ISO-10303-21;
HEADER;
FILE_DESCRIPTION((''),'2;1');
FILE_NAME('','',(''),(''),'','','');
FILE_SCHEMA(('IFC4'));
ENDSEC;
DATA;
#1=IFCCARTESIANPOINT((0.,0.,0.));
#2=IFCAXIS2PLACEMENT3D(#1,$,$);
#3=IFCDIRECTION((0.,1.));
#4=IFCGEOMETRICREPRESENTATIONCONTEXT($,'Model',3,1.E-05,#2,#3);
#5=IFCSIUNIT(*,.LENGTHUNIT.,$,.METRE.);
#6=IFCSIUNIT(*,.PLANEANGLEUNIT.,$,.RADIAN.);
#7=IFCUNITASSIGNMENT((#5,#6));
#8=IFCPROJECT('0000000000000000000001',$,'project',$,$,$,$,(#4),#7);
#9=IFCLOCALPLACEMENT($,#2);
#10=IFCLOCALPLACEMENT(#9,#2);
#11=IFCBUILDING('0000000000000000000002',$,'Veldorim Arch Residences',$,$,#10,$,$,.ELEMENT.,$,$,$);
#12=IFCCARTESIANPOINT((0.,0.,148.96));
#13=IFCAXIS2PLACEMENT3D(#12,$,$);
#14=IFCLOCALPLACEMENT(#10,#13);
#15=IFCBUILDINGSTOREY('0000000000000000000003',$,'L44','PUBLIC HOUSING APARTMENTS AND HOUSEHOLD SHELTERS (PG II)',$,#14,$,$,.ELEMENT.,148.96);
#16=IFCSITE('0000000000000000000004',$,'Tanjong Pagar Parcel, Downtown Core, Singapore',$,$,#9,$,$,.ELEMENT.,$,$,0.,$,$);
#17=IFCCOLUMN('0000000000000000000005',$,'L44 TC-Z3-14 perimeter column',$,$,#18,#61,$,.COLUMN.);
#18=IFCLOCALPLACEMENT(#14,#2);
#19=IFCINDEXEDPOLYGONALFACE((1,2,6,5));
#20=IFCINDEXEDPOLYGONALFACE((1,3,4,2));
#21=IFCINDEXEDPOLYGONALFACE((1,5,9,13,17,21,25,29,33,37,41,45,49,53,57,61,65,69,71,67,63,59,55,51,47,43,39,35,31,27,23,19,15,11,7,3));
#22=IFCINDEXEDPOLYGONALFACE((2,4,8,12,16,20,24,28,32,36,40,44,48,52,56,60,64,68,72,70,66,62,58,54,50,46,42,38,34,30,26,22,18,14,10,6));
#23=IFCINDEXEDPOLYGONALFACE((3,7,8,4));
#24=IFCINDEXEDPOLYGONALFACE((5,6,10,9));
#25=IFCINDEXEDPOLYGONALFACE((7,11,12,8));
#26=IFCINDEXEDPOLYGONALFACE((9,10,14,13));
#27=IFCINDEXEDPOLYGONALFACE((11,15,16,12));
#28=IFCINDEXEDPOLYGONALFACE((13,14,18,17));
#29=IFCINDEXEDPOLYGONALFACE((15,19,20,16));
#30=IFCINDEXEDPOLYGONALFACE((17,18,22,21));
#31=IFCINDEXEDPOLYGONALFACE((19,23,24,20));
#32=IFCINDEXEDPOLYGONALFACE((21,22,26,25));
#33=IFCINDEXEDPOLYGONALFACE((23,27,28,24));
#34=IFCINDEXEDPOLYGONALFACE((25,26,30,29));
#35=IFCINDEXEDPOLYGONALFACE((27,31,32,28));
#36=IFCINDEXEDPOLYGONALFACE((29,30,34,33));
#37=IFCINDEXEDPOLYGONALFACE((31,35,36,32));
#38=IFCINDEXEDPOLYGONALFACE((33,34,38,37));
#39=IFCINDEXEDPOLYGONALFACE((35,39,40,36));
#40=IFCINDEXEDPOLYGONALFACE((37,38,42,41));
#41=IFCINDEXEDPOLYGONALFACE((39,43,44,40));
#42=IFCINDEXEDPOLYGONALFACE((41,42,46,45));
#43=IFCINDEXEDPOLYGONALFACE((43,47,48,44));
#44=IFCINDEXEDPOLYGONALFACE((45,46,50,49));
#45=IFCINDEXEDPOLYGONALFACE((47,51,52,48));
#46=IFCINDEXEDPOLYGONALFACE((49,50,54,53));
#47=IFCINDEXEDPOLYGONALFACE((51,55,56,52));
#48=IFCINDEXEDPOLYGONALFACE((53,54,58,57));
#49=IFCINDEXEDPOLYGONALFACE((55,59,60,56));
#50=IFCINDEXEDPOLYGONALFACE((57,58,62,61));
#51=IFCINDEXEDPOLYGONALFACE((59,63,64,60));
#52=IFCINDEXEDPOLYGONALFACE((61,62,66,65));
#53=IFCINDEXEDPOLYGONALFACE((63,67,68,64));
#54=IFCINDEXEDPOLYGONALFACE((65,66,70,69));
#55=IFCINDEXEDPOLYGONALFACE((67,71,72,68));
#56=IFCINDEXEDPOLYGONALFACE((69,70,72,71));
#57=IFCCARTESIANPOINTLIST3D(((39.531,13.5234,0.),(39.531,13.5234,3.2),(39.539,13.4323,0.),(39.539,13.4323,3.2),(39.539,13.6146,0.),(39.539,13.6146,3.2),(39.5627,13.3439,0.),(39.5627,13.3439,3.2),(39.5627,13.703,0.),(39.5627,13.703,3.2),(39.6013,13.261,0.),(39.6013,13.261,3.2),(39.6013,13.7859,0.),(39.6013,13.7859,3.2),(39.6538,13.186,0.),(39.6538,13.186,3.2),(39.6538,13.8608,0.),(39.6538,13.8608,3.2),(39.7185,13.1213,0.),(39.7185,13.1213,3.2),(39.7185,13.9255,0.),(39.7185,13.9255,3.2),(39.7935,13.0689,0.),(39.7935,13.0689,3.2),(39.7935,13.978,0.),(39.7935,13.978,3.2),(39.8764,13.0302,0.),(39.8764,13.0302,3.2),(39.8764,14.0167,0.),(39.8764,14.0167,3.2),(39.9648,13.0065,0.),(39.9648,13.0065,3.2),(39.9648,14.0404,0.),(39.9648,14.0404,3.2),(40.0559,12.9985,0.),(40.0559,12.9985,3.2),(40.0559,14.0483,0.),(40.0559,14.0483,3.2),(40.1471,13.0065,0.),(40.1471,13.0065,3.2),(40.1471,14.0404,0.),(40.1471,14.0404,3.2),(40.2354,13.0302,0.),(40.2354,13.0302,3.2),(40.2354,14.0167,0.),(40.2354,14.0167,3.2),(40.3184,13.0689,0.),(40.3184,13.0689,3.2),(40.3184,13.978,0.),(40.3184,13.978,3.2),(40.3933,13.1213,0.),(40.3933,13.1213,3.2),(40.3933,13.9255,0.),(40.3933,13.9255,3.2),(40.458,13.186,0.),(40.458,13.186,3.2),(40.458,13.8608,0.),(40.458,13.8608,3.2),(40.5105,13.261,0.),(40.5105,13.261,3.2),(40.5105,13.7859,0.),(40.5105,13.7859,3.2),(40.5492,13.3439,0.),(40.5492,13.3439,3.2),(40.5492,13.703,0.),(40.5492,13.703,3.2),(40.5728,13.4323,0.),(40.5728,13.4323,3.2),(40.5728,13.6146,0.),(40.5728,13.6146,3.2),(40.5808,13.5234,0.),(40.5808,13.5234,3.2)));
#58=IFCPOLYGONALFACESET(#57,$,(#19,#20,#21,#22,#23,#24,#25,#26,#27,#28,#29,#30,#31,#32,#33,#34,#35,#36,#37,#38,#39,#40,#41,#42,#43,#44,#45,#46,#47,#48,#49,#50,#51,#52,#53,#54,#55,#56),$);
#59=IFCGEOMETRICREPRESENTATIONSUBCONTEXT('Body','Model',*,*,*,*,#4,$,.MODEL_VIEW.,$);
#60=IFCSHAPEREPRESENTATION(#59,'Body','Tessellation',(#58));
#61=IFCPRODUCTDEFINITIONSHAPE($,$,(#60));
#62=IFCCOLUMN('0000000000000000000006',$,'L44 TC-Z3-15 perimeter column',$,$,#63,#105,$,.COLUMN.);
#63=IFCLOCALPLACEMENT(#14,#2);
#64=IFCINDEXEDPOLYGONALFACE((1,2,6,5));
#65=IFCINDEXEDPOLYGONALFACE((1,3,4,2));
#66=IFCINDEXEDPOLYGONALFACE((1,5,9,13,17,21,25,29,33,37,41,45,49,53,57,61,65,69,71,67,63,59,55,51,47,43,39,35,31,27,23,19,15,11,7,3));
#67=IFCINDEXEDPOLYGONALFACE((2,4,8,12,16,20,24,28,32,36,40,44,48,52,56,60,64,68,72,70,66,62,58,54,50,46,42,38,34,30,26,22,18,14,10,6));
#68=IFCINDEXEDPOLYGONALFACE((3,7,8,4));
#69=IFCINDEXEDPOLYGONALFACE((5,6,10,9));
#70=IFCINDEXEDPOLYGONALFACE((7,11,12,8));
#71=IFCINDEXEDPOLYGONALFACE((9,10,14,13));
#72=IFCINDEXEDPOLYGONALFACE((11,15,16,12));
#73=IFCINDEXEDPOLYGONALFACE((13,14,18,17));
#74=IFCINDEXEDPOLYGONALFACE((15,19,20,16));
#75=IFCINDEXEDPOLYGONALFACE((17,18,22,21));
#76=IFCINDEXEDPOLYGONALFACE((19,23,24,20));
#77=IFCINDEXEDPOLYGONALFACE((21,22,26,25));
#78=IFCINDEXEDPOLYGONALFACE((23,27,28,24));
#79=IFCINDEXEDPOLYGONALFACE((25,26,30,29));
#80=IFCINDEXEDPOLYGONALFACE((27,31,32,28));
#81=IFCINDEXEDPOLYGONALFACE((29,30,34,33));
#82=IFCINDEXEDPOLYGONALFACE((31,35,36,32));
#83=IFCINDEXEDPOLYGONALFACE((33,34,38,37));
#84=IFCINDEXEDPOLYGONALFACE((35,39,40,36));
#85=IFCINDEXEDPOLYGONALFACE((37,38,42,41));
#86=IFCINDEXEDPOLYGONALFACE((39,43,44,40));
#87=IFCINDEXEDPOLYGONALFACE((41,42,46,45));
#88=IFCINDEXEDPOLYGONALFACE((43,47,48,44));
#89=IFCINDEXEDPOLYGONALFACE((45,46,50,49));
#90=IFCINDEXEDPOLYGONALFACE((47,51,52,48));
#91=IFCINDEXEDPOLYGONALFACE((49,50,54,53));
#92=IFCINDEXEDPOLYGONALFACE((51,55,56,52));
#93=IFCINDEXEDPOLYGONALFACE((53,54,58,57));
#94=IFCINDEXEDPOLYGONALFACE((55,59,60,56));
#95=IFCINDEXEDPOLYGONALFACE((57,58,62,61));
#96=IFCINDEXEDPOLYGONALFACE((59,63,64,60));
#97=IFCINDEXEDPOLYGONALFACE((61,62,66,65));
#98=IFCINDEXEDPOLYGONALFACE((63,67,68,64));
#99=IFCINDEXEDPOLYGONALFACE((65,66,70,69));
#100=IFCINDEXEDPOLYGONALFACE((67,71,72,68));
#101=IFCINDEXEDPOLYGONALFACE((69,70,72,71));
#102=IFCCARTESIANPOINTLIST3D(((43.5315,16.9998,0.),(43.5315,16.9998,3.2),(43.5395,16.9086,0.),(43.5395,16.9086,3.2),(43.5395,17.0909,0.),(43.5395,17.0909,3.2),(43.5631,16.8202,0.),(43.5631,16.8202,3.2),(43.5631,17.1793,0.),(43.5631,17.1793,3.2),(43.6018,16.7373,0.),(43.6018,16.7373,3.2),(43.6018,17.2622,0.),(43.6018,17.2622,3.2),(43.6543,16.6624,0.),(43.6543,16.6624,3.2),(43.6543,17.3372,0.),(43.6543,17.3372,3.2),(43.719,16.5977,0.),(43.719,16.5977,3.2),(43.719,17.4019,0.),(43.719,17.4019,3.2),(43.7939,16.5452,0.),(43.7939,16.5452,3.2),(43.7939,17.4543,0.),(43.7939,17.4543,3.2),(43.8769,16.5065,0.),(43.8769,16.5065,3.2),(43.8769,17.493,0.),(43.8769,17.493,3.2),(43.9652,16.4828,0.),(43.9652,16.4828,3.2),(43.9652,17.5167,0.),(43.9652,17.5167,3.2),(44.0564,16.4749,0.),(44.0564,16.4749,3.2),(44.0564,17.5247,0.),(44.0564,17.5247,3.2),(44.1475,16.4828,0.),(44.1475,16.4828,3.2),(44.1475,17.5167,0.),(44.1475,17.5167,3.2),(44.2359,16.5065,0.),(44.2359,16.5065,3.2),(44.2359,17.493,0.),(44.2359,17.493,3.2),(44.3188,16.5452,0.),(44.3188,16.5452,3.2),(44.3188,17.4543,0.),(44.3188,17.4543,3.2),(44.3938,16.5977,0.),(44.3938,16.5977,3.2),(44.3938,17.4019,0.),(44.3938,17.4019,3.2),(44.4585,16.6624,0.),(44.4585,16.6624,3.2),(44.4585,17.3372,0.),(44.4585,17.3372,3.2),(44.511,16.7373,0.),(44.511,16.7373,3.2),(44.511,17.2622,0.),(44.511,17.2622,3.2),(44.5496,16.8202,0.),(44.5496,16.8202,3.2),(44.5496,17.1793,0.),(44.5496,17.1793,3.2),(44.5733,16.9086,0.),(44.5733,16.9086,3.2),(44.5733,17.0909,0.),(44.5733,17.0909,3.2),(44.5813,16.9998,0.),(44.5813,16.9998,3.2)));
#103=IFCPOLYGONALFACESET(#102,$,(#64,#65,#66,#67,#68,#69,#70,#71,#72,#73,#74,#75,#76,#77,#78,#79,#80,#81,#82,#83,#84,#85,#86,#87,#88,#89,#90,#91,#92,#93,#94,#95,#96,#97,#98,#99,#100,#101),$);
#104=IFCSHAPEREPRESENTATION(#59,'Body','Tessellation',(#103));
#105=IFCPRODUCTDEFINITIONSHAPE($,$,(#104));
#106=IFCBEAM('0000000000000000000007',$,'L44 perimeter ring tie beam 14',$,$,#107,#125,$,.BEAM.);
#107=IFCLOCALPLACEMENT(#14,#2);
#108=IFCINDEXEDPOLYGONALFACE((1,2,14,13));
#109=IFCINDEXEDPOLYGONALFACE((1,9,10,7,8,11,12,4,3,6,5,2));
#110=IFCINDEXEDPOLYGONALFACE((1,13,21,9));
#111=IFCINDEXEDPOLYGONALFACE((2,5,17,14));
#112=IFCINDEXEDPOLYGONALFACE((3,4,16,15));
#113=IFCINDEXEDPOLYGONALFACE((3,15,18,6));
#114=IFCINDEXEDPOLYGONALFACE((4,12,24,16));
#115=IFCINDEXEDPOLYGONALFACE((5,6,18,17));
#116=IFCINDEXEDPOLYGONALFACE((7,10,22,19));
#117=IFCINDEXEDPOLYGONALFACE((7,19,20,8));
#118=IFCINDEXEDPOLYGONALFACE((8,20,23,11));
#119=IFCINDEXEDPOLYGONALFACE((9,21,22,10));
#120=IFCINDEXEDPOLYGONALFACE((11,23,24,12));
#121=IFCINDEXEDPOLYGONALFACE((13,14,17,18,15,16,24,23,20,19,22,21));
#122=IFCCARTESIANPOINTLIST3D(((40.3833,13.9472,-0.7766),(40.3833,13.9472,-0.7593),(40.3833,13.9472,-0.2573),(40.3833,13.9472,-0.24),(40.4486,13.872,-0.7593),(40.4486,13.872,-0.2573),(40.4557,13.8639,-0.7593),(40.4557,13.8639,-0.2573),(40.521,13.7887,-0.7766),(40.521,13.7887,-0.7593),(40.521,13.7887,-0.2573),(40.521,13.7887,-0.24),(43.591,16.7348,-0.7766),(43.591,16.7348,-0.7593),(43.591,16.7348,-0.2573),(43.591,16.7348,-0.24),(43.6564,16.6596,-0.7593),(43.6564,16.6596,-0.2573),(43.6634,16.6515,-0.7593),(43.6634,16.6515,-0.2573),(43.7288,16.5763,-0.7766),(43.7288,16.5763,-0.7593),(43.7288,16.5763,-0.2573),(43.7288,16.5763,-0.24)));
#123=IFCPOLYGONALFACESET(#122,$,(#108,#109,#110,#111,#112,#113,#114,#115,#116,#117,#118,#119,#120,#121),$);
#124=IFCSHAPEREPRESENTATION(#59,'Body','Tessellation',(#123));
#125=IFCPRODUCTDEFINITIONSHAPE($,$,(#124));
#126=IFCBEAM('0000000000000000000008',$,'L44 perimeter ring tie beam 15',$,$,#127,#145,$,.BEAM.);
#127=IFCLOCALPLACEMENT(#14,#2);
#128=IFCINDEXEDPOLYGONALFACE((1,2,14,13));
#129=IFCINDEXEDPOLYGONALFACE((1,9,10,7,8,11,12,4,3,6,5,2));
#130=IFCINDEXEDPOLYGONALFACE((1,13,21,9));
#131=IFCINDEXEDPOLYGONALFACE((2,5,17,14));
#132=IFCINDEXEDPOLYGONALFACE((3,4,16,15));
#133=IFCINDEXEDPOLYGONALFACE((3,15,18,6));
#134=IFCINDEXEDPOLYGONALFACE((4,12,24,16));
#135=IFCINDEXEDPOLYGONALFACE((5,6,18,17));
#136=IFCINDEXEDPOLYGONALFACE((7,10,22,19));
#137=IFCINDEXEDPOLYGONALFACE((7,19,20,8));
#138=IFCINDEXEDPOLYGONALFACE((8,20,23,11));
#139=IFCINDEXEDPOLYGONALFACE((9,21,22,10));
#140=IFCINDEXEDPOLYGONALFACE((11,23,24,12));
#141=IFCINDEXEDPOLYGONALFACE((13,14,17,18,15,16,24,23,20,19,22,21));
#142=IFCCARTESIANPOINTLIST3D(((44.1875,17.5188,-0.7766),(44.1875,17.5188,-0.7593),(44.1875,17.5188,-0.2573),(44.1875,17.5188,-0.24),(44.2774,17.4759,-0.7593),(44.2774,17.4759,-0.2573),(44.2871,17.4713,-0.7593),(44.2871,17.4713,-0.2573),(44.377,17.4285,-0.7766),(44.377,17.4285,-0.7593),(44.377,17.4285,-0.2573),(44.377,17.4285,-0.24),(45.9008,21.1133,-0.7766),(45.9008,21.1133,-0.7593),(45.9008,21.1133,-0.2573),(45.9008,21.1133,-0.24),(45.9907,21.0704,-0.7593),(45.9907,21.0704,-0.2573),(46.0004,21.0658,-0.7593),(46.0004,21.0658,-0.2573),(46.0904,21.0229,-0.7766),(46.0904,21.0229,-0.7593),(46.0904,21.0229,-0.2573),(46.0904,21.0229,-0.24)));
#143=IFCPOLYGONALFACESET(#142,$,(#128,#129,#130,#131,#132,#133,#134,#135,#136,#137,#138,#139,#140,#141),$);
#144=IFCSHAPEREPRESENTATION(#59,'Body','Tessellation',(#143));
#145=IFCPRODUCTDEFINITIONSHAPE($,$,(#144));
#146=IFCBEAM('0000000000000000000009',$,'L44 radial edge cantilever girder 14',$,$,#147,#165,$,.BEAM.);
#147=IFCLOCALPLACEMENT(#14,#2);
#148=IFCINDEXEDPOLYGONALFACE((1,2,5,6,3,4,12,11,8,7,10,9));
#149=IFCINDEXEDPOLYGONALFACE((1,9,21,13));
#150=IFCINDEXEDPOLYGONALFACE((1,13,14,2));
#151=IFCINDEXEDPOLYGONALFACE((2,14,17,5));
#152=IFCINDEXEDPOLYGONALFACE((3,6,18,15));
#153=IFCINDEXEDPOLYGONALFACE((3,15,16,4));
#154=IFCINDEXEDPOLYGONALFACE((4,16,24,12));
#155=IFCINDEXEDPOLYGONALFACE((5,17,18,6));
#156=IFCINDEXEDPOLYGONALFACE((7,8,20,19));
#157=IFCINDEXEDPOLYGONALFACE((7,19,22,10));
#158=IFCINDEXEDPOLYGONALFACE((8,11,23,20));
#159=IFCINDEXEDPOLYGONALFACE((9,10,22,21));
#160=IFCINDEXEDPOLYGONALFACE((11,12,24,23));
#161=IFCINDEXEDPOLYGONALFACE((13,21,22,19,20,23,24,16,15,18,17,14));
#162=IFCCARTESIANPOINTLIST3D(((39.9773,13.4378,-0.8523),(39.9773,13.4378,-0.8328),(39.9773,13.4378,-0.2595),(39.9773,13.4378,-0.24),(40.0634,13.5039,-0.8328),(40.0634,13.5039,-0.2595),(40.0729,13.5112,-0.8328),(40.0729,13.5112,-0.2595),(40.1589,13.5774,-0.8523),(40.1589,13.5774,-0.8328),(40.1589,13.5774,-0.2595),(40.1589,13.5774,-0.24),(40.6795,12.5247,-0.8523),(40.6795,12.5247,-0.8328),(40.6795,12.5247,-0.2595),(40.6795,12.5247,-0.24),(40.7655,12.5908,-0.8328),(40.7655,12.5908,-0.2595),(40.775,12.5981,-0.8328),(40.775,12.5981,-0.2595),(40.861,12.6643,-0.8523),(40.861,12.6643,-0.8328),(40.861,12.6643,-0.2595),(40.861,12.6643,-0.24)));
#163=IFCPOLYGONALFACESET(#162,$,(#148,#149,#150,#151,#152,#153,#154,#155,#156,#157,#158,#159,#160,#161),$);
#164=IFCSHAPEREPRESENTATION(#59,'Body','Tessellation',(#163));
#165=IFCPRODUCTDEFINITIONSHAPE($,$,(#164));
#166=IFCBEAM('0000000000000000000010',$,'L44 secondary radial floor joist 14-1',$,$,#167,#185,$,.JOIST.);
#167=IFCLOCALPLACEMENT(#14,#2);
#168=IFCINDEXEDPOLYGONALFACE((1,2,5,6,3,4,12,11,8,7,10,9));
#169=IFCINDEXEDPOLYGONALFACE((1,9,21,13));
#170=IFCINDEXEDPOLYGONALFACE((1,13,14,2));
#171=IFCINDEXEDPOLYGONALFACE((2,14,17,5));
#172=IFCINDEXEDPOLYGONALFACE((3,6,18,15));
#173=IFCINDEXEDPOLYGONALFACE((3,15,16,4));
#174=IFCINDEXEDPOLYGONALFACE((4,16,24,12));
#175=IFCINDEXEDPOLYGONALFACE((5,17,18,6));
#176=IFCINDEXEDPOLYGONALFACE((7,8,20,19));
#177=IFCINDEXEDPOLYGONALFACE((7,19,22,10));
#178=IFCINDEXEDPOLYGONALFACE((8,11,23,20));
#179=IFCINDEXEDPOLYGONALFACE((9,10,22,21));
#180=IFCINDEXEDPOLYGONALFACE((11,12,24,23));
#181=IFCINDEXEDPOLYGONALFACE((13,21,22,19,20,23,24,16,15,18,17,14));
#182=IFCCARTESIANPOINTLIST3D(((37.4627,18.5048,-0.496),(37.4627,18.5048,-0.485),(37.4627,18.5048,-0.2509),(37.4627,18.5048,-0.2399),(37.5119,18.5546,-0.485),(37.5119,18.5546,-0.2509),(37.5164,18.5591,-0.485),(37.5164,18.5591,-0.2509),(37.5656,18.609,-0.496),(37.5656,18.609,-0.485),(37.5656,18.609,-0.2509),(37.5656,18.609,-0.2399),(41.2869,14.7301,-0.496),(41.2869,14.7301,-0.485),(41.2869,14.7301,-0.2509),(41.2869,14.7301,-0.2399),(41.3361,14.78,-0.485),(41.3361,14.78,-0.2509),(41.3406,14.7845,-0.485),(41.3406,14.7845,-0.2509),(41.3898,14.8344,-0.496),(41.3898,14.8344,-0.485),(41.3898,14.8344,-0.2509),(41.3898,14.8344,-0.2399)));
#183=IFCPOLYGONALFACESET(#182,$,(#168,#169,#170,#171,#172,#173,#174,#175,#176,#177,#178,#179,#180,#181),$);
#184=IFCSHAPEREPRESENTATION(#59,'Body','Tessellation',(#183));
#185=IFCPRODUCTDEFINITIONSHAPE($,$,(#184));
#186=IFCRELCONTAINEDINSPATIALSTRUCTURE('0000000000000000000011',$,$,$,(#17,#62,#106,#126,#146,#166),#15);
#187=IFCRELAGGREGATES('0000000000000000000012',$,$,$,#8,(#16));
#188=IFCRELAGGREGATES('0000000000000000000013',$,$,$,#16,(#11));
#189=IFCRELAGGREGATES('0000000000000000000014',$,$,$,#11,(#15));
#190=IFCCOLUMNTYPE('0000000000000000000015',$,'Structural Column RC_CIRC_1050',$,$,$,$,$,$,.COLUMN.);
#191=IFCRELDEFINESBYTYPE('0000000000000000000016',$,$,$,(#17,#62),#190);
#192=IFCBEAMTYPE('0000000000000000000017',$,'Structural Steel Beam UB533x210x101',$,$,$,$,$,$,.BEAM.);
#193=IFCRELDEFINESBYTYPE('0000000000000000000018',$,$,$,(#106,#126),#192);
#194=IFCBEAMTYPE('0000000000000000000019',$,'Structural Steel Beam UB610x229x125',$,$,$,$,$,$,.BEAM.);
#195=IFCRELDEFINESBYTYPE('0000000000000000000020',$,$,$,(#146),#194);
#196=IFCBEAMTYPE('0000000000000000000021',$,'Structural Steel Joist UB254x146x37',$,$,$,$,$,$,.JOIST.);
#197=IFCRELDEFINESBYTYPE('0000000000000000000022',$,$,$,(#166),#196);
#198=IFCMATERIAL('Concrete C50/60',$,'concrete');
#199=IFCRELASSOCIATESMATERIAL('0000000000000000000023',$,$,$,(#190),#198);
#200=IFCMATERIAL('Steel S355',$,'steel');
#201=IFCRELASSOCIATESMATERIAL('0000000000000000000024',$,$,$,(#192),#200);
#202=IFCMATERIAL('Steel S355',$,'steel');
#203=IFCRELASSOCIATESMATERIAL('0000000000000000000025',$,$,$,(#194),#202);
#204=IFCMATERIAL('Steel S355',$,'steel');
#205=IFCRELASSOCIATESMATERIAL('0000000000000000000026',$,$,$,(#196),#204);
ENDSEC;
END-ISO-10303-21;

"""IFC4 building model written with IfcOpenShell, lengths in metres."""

from ifc_helpers import new_model, si_unit, direction, frame, origin, origin_2d, place, context, subcontext, project, spatial, circle, i_section, extrude, material, material_profile, profile_set, type_object, element, save


model = new_model("IFC4")

# Units and contexts
model_context = context("Model", 3, precision=1e-05, world=origin(), true_north=direction((0.0, 1.0)))
body_context = subcontext(model_context, "Body", "Model", "MODEL_VIEW")
ifc_project = project(units=[si_unit("LENGTHUNIT", "METRE"), si_unit("PLANEANGLEUNIT", "RADIAN")], contexts=[model_context])

# Site, building, storey
site_placement = place(None, origin())
site = spatial("IfcSite", under=ifc_project, at=site_placement, Name="Tanjong Pagar Parcel, Downtown Core, Singapore", CompositionType="ELEMENT", RefElevation=0.0)
building_placement = place(site_placement, origin())
building = spatial("IfcBuilding", under=site, at=building_placement, Name="Veldorim Arch Residences", CompositionType="ELEMENT")
storey_placement = place(building_placement, frame((0.0, 0.0, 148.96)))
storey = spatial("IfcBuildingStorey", under=building, at=storey_placement, Name="L44", Description="PUBLIC HOUSING APARTMENTS AND HOUSEHOLD SHELTERS (PG II)", CompositionType="ELEMENT", Elevation=148.96)

# Columns
ifc_material_1 = material(Name="Concrete C50/60", Category="concrete")
ifc_material_profile_1 = material_profile(ifc_material_1, circle(Radius=0.5249, at=origin_2d()), Name="RC_CIRC_1050")
ifc_profile_set_1 = profile_set([ifc_material_profile_1], Name="Concrete C50/60")
column_type = type_object("IfcColumnType", Name="Structural Column RC_CIRC_1050", PredefinedType="COLUMN", material=ifc_profile_set_1)
for number, where, z_axis, x_axis, name in (
    (1, (40.0559, 13.5234, 0.0), (0.0, 0.0, 1.0), (1.0, 0.0, 0.0), "L44 TC-Z3-14 perimeter column"),
    (2, (44.0564, 16.9998, 0.0), (0.0, 0.0, 1.0), (1.0, 0.0, 0.0), "L44 TC-Z3-15 perimeter column"),
):
    element("IfcColumn", number, at=place(storey_placement, frame(where, z_axis=z_axis, x_axis=x_axis)), inside=storey, type_object=column_type, Name=name, PredefinedType="COLUMN", context=body_context, shape_type="SweptSolid", body=[
        extrude(circle(Radius=0.5249, at=origin_2d()), origin(), (0.0, 0.0, 1.0), 3.2),
    ])

# Beams
ifc_material_2 = material(Name="Steel S355", Category="steel")
ifc_material_profile_2 = material_profile(ifc_material_2, i_section(OverallWidth=0.21, OverallDepth=0.5366, WebThickness=0.0107, FlangeThickness=0.0173, at=origin_2d()), Name="UB533x210x101")
ifc_profile_set_2 = profile_set([ifc_material_profile_2], Name="Steel S355")
beam_type_1 = type_object("IfcBeamType", Name="Structural Steel Beam UB533x210x101", PredefinedType="BEAM", material=ifc_profile_set_2)
beam_1_placement = place(storey_placement, frame((40.4521, 13.8679, -0.5083), z_axis=(0.754811, 0.655943, 0.0), x_axis=(-0.655943, 0.754811, 0.0)))
element("IfcBeam", 3, at=beam_1_placement, inside=storey, type_object=beam_type_1, Name="L44 perimeter ring tie beam 14", PredefinedType="BEAM", context=body_context, shape_type="SweptSolid", body=[
    extrude(i_section(OverallWidth=0.21, OverallDepth=0.5366, WebThickness=0.0107, FlangeThickness=0.0173, at=origin_2d()), origin(), (0.0, 0.0, 1.0), 4.2498),
])
beam_2_placement = place(storey_placement, frame((44.2822, 17.4736, -0.5083), z_axis=(0.430286, 0.902693, 0.0), x_axis=(-0.902693, 0.430286, 0.0)))
element("IfcBeam", 4, at=beam_2_placement, inside=storey, type_object=beam_type_1, Name="L44 perimeter ring tie beam 15", PredefinedType="BEAM", context=body_context, shape_type="SweptSolid", body=[
    extrude(i_section(OverallWidth=0.21, OverallDepth=0.5366, WebThickness=0.0107, FlangeThickness=0.0173, at=origin_2d()), origin(), (0.0, 0.0, 1.0), 3.9819),
])
ifc_material_3 = material(Name="Steel S355", Category="steel")
ifc_material_profile_3 = material_profile(ifc_material_3, i_section(OverallWidth=0.229, OverallDepth=0.6123, WebThickness=0.012, FlangeThickness=0.0195, at=origin_2d()), Name="UB610x229x125")
ifc_profile_set_3 = profile_set([ifc_material_profile_3], Name="Steel S355")
beam_type_2 = type_object("IfcBeamType", Name="Structural Steel Beam UB610x229x125", PredefinedType="BEAM", material=ifc_profile_set_3)
beam_3_placement = place(storey_placement, frame((40.0681, 13.5076, -0.5461), z_axis=(0.609588, -0.792719, 0.0), x_axis=(0.792719, 0.609588, 0.0)))
element("IfcBeam", 5, at=beam_3_placement, inside=storey, type_object=beam_type_2, Name="L44 radial edge cantilever girder 14", PredefinedType="BEAM", context=body_context, shape_type="SweptSolid", body=[
    extrude(i_section(OverallWidth=0.229, OverallDepth=0.6123, WebThickness=0.012, FlangeThickness=0.0195, at=origin_2d()), origin(), (0.0, 0.0, 1.0), 1.1519),
])
ifc_material_4 = material(Name="Steel S355", Category="steel")
ifc_material_profile_4 = material_profile(ifc_material_4, i_section(OverallWidth=0.1465, OverallDepth=0.2561, WebThickness=0.0063, FlangeThickness=0.011, at=origin_2d()), Name="UB254x146x37")
ifc_profile_set_4 = profile_set([ifc_material_profile_4], Name="Steel S355")
beam_type_3 = type_object("IfcBeamType", Name="Structural Steel Joist UB254x146x37", PredefinedType="JOIST", material=ifc_profile_set_4)
beam_4_placement = place(storey_placement, frame((37.5142, 18.5569, -0.3679), z_axis=(0.711703, -0.70248, 0.0), x_axis=(0.70248, 0.711703, 0.0)))
element("IfcBeam", 6, at=beam_4_placement, inside=storey, type_object=beam_type_3, Name="L44 secondary radial floor joist 14-1", PredefinedType="JOIST", context=body_context, shape_type="SweptSolid", body=[
    extrude(i_section(OverallWidth=0.1465, OverallDepth=0.2561, WebThickness=0.0063, FlangeThickness=0.011, at=origin_2d()), origin(), (0.0, 0.0, 1.0), 5.3733),
])

save(model, "model.ifc")
